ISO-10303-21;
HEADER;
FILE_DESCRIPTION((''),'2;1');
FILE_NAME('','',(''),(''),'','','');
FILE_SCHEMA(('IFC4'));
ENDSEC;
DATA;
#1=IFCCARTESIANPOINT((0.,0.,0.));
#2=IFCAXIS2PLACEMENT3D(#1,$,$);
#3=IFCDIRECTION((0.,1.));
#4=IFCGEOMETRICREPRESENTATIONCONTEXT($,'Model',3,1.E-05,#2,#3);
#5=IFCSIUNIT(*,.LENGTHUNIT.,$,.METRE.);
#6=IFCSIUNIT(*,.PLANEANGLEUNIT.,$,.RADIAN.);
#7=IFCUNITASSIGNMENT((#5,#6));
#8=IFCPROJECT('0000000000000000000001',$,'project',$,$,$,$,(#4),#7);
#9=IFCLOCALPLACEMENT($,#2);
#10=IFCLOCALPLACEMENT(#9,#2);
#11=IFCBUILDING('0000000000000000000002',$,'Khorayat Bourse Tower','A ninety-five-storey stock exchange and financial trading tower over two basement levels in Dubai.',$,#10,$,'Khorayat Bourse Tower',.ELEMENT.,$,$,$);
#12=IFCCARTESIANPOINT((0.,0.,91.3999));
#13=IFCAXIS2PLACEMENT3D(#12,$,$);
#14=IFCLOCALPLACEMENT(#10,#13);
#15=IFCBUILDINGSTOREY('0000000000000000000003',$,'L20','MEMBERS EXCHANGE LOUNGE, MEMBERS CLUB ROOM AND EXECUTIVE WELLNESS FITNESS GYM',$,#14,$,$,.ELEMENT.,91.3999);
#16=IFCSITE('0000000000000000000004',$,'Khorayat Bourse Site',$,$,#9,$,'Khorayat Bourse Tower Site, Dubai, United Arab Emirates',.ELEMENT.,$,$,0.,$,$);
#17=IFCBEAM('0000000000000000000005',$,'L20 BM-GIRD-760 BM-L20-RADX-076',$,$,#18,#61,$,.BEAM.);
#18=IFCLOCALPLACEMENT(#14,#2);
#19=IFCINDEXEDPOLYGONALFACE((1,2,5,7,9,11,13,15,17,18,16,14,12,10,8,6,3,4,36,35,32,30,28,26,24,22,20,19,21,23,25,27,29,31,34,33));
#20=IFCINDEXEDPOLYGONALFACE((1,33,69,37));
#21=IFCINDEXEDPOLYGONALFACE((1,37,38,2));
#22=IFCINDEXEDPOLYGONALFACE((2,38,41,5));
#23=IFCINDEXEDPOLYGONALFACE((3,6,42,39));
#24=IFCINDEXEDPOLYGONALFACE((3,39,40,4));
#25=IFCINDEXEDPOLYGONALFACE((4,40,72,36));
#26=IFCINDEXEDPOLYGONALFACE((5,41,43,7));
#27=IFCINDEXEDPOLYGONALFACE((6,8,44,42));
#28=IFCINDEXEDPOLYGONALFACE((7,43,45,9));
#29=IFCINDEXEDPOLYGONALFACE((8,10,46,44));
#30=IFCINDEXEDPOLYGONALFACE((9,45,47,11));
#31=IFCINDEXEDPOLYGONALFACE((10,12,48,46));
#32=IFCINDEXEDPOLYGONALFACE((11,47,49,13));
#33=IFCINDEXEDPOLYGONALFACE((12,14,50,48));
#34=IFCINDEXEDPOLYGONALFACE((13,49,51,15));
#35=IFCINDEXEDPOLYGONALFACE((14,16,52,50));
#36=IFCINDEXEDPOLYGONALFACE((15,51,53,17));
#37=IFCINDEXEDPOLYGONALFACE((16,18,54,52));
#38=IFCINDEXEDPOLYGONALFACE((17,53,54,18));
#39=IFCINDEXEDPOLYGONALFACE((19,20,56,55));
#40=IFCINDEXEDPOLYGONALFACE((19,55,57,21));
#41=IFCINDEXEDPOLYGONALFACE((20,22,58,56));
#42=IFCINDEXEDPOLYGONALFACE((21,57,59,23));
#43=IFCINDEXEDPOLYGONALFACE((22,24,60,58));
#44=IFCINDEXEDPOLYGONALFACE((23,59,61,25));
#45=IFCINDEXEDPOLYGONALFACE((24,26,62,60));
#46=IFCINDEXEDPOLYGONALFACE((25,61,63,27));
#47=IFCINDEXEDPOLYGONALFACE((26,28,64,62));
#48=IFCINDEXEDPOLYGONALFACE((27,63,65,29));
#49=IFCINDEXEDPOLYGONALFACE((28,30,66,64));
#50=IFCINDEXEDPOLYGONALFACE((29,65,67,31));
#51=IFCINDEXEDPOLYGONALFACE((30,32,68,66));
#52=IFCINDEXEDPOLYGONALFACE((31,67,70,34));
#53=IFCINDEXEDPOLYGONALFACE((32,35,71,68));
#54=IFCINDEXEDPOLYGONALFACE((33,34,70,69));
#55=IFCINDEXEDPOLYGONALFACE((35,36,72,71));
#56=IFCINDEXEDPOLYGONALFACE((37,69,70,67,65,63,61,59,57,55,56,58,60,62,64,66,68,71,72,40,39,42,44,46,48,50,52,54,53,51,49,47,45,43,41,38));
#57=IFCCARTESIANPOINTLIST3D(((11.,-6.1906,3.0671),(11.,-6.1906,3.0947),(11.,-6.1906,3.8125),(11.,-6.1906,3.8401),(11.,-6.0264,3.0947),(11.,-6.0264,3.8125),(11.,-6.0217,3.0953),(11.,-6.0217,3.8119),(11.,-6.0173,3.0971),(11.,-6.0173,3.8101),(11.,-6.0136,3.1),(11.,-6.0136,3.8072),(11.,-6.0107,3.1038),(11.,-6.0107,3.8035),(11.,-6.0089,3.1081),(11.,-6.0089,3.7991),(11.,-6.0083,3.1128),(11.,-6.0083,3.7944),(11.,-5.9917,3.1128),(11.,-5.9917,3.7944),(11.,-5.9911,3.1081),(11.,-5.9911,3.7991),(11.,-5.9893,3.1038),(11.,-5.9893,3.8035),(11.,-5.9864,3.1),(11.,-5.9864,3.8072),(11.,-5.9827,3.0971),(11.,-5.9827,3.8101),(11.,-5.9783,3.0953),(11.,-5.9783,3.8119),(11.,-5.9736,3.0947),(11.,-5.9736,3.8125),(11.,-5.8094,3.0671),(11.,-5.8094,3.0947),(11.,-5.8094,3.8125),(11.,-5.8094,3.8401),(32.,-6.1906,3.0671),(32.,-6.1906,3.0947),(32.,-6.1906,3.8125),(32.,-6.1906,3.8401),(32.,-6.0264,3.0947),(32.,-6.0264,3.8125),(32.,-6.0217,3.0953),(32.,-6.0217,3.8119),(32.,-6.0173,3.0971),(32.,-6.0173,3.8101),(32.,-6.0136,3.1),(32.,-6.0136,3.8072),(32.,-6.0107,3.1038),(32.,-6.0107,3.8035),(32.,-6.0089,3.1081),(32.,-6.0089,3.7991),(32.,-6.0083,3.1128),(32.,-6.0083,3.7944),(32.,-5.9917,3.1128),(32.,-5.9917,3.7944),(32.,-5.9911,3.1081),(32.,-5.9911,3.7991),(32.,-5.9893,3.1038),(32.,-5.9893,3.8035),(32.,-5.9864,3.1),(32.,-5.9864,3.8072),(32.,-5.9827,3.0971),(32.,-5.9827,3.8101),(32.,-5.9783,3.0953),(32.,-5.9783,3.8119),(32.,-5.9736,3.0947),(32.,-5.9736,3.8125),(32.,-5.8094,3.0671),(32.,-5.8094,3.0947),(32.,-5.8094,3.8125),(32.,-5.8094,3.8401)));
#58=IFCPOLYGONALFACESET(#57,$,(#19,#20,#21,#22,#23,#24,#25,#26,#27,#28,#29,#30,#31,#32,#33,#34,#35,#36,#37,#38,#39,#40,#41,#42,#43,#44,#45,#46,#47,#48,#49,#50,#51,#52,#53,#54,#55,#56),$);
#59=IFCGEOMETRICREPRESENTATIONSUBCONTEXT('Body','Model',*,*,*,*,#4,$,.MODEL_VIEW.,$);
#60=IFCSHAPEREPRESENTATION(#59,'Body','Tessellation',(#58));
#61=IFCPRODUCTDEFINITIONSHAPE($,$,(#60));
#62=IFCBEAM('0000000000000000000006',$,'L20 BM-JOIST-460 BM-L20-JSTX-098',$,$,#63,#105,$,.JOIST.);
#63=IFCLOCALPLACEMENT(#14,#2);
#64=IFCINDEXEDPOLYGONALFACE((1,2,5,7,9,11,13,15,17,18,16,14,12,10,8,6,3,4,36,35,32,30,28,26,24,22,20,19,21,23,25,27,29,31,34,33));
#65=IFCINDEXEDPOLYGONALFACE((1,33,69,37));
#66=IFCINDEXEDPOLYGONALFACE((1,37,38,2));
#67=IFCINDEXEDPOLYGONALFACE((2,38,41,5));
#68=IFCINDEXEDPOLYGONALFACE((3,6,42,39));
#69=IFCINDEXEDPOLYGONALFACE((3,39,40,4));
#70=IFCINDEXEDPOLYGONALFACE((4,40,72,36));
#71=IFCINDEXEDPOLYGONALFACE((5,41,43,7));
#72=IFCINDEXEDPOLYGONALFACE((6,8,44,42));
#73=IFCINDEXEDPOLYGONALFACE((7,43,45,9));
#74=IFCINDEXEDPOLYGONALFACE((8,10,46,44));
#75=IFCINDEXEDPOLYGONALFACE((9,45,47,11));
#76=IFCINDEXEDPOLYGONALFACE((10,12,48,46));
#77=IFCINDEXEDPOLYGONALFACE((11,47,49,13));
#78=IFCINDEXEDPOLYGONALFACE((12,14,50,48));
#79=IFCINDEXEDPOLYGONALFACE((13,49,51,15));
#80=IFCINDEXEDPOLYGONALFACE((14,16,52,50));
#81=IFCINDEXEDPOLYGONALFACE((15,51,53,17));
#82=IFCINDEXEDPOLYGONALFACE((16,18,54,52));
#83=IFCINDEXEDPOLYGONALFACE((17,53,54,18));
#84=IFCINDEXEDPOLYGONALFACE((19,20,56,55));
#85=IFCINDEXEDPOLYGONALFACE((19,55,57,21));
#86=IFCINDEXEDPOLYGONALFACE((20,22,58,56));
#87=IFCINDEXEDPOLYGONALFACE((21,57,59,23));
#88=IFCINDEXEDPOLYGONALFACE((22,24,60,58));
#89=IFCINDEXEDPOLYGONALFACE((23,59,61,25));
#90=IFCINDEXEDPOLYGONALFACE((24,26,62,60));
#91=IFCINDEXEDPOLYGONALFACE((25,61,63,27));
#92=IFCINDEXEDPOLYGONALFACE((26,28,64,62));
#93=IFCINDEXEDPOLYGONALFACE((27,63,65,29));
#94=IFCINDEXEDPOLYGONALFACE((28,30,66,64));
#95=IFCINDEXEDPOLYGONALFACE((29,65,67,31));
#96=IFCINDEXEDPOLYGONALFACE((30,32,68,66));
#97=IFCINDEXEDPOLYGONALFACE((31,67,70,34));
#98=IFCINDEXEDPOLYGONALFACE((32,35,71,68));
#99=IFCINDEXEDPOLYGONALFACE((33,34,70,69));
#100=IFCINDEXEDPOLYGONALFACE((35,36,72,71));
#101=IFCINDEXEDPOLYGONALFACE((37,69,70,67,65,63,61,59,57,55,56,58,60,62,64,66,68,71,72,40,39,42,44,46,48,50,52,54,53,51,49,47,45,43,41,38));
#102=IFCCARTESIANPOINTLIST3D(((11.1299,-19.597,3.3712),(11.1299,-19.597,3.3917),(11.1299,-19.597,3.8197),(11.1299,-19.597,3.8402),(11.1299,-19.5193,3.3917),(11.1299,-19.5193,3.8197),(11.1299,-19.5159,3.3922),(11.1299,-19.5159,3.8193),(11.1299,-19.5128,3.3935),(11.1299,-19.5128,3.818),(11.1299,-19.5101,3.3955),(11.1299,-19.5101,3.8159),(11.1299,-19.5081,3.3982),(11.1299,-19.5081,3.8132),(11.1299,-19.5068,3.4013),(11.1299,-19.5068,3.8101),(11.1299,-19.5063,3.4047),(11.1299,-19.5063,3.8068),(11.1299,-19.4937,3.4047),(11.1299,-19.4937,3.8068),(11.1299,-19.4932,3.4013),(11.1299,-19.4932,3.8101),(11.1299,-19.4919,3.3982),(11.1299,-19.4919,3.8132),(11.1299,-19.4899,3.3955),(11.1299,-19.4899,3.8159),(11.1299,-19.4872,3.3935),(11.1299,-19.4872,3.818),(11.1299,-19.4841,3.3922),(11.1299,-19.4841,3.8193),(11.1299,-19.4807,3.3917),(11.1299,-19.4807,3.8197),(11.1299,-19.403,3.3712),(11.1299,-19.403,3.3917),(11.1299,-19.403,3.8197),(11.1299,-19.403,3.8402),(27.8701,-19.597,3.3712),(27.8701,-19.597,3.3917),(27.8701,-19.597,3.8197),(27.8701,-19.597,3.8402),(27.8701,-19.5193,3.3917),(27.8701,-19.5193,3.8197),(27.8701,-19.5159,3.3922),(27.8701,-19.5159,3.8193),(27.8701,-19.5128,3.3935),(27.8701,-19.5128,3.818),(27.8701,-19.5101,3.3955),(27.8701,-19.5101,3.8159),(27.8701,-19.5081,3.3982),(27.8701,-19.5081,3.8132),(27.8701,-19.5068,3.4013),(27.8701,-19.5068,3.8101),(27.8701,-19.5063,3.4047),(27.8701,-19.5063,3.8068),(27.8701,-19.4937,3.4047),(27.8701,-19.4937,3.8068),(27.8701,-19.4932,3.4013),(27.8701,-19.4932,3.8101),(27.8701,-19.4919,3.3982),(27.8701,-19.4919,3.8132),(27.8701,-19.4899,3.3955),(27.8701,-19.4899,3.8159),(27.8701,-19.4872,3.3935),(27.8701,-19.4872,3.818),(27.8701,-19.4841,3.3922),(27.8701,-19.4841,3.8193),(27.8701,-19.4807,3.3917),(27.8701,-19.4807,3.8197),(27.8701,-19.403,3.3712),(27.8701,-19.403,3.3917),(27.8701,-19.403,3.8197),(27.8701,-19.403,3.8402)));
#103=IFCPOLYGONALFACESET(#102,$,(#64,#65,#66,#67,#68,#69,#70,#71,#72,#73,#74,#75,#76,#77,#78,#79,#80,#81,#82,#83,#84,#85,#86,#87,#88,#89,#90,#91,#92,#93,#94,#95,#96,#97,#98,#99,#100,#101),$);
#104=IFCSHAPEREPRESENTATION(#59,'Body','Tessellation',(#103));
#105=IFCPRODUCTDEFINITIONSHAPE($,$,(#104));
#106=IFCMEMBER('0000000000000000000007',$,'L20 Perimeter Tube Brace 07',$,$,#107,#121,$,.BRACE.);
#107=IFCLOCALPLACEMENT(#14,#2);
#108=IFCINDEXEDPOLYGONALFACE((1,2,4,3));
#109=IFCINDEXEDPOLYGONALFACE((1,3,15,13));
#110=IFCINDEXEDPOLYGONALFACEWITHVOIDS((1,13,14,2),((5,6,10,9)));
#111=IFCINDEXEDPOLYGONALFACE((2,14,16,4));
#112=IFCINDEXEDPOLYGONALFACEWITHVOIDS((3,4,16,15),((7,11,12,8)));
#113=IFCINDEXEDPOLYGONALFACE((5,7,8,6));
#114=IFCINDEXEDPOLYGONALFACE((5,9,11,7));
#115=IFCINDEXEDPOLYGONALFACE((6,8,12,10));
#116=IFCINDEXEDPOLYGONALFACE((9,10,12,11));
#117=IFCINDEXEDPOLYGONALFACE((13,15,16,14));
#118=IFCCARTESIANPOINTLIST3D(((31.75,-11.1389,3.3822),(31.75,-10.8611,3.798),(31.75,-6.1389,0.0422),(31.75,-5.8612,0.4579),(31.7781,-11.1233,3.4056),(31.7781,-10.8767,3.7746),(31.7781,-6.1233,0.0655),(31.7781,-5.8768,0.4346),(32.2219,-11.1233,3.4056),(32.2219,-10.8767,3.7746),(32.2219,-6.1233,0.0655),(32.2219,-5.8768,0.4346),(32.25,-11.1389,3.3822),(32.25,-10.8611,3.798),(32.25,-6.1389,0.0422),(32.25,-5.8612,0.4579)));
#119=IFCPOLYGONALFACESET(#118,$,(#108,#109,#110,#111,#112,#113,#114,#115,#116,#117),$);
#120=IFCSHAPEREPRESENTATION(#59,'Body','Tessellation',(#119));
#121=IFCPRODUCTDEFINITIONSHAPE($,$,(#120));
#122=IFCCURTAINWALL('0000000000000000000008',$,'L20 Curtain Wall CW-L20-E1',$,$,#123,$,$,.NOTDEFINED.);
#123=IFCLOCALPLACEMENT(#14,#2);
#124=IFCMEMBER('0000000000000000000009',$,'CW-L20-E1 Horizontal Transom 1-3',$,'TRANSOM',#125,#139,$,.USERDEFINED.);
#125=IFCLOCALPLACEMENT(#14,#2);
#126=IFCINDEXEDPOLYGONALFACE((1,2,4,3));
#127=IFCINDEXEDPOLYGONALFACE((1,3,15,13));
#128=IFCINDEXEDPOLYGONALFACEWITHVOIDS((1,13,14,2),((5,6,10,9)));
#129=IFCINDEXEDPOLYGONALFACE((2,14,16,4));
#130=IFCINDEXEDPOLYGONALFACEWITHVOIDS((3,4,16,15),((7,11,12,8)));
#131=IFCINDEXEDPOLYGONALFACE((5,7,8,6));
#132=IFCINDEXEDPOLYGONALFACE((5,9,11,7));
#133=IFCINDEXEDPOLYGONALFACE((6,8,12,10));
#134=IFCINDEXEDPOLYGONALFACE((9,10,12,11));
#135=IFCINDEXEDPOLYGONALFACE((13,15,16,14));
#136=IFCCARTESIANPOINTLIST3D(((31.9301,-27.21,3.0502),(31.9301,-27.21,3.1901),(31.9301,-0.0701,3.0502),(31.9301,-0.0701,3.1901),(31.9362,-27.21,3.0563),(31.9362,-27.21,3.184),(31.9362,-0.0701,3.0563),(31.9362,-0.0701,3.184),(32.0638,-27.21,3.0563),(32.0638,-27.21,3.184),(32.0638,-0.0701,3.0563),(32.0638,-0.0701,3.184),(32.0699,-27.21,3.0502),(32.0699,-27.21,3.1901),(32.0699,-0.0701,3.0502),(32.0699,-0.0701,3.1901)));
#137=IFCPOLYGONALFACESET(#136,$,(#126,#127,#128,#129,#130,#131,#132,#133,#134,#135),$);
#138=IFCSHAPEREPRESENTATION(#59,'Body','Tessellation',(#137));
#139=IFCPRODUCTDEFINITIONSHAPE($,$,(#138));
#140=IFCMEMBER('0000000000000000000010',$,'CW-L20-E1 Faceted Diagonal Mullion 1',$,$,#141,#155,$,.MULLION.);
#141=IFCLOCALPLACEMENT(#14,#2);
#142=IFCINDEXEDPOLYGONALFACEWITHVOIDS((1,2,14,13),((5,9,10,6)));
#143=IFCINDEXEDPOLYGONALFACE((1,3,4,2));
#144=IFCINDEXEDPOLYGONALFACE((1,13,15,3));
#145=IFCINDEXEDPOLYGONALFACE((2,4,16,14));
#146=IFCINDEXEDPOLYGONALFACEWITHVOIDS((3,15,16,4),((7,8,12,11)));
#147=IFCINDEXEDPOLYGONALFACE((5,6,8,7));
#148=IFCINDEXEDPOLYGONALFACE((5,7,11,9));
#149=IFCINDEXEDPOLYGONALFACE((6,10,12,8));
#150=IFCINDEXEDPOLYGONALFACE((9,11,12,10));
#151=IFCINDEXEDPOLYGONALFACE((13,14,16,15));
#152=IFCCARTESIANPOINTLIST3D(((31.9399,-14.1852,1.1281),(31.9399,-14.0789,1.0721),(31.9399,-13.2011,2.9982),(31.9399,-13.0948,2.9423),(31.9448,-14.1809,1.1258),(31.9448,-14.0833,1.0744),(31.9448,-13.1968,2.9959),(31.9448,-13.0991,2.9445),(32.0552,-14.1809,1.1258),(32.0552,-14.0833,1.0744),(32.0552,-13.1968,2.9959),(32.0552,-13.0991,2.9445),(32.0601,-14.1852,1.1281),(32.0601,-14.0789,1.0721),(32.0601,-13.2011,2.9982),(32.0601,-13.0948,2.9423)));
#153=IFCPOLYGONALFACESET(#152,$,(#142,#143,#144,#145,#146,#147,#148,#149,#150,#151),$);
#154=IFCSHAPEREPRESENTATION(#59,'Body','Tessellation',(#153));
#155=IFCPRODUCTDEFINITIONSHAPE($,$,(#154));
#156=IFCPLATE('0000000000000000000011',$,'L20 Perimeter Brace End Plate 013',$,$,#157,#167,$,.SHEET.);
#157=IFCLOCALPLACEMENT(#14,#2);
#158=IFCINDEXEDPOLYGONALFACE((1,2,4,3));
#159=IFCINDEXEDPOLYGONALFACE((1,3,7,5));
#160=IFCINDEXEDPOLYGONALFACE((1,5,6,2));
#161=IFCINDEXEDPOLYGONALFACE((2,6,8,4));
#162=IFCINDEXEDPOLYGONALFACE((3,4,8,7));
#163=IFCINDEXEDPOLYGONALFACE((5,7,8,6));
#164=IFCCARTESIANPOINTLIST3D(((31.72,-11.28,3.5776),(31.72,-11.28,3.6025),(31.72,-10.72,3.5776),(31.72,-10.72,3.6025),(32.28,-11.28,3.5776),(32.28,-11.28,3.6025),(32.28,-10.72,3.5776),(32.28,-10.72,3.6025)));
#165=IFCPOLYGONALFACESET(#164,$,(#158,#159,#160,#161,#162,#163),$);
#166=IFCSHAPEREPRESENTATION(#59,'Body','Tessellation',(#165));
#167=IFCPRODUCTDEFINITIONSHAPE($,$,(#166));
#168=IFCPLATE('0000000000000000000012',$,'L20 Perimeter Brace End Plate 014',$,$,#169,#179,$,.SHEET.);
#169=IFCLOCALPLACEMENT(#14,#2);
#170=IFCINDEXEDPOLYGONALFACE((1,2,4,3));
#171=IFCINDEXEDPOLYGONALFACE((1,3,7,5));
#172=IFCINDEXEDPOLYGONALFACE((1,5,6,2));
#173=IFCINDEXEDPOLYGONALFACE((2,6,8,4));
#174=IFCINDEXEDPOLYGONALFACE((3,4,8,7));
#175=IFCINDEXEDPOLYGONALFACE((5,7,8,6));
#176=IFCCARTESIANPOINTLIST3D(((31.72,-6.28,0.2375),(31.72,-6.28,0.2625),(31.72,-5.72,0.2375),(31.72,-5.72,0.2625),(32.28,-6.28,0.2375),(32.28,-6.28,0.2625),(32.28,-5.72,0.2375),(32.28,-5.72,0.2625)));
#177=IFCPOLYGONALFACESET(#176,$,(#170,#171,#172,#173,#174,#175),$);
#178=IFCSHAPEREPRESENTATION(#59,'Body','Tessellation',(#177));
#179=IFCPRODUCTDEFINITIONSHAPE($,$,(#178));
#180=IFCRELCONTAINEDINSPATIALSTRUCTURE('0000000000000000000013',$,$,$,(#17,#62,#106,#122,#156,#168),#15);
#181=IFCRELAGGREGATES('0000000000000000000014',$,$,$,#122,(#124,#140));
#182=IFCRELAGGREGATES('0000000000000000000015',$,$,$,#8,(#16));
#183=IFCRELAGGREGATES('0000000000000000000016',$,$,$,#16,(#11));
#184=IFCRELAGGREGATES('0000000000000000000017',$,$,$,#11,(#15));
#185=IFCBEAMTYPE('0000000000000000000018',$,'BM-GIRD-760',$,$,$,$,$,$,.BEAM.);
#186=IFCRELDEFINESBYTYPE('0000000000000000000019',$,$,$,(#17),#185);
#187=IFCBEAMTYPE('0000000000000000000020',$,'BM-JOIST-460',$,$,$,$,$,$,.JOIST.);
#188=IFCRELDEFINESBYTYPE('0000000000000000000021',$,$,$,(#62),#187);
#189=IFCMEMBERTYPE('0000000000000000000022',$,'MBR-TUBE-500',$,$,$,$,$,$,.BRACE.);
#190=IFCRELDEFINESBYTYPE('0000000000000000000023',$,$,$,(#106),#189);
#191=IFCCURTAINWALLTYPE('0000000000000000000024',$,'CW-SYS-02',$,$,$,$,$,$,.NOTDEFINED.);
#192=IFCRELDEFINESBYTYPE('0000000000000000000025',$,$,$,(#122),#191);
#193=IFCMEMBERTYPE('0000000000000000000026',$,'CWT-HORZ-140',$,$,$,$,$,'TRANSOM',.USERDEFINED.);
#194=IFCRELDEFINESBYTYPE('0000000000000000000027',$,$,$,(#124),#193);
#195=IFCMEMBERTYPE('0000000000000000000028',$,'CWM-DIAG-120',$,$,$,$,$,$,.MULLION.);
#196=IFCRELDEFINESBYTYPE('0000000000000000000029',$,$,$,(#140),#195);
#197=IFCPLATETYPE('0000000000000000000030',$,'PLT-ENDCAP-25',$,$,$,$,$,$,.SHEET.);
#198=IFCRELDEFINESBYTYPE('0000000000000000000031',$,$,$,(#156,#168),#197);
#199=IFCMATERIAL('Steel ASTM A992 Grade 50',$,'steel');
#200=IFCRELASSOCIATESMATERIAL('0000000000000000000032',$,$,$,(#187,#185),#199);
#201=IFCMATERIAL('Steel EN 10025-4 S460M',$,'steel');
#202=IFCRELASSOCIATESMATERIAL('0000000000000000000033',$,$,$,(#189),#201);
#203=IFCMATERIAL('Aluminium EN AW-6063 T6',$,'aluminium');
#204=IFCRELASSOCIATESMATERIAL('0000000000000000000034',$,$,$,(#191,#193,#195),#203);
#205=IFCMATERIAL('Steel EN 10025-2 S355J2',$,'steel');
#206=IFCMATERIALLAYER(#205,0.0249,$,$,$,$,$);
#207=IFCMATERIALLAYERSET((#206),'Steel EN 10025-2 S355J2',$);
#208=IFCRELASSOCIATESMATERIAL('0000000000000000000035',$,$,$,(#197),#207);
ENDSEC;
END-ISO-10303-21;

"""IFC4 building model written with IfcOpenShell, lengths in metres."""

from ifc_helpers import new_model, si_unit, direction, frame, origin, origin_2d, place, context, subcontext, project, spatial, rectangle, hollow_rectangle, i_section, extrude, source, transform, mapped, material, layer, layer_set, material_profile, profile_set, type_object, element, aggregate, save


model = new_model("IFC4")

# Units and contexts
model_context = context("Model", 3, precision=1e-05, world=origin(), true_north=direction((0.0, 1.0)))
body_context = subcontext(model_context, "Body", "Model", "MODEL_VIEW")
ifc_project = project(units=[si_unit("LENGTHUNIT", "METRE"), si_unit("PLANEANGLEUNIT", "RADIAN")], contexts=[model_context])

# Site, building, storey
site_placement = place(None, origin())
site = spatial("IfcSite", under=ifc_project, at=site_placement, Name="Khorayat Bourse Site", LongName="Khorayat Bourse Tower Site, Dubai, United Arab Emirates", CompositionType="ELEMENT", RefElevation=0.0)
building_placement = place(site_placement, origin())
building = spatial("IfcBuilding", under=site, at=building_placement, Name="Khorayat Bourse Tower", Description="A ninety-five-storey stock exchange and financial trading tower over two basement levels in Dubai.", LongName="Khorayat Bourse Tower", CompositionType="ELEMENT")
storey_placement = place(building_placement, frame((0.0, 0.0, 91.3999)))
storey = spatial("IfcBuildingStorey", under=building, at=storey_placement, Name="L20", Description="MEMBERS EXCHANGE LOUNGE, MEMBERS CLUB ROOM AND EXECUTIVE WELLNESS FITNESS GYM", CompositionType="ELEMENT", Elevation=91.3999)

# Shared definitions
ifc_material_1 = material(Name="Steel EN 10025-4 S460M", Category="steel")

# Beams
ifc_material_2 = material(Name="Steel ASTM A992 Grade 50", Category="steel")
ifc_material_profile_1 = material_profile(ifc_material_2, i_section(OverallWidth=0.1941, OverallDepth=0.469, WebThickness=0.0127, FlangeThickness=0.0205, FilletRadius=0.0129, at=origin_2d()), Name="W460X106")
ifc_profile_set_1 = profile_set([ifc_material_profile_1], Name="Steel ASTM A992 Grade 50")
beam_type_1 = type_object("IfcBeamType", Name="BM-JOIST-460", PredefinedType="JOIST", material=ifc_profile_set_1)
ifc_material_profile_2 = material_profile(ifc_material_2, i_section(OverallWidth=0.3811, OverallDepth=0.7729, WebThickness=0.0166, FlangeThickness=0.0276, FilletRadius=0.0181, at=origin_2d()), Name="W760X257")
ifc_profile_set_2 = profile_set([ifc_material_profile_2], Name="Steel ASTM A992 Grade 50")
beam_type_2 = type_object("IfcBeamType", Name="BM-GIRD-760", PredefinedType="BEAM", material=ifc_profile_set_2)
shared_shape_1 = source(origin(), body_context, "Body", "SweptSolid", [
    extrude(i_section(OverallWidth=0.3811, OverallDepth=0.7729, WebThickness=0.0166, FlangeThickness=0.0276, FilletRadius=0.0181, at=origin_2d()), origin(), (0.0, 0.0, 1.0), 21.0),
])
beam_1_placement = place(storey_placement, frame((11.0, -6.0, 3.4536), z_axis=(1.0, 0.0, 0.0), x_axis=(0.0, 1.0, 0.0)))
element("IfcBeam", 1, at=beam_1_placement, inside=storey, type_object=beam_type_2, Name="L20 BM-GIRD-760 BM-L20-RADX-076", PredefinedType="BEAM", context=body_context, shape_type="MappedRepresentation", body=[
    mapped(shared_shape_1, transform((0.0, 0.0, 0.0), scale=1.0)),
])
shared_shape_2 = source(origin(), body_context, "Body", "SweptSolid", [
    extrude(i_section(OverallWidth=0.1941, OverallDepth=0.469, WebThickness=0.0127, FlangeThickness=0.0205, FilletRadius=0.0129, at=origin_2d()), origin(), (0.0, 0.0, 1.0), 16.7402),
])
beam_2_placement = place(storey_placement, frame((11.1299, -19.5, 3.6057), z_axis=(1.0, 0.0, 0.0), x_axis=(0.0, 1.0, 0.0)))
element("IfcBeam", 2, at=beam_2_placement, inside=storey, type_object=beam_type_1, Name="L20 BM-JOIST-460 BM-L20-JSTX-098", PredefinedType="JOIST", context=body_context, shape_type="MappedRepresentation", body=[
    mapped(shared_shape_2, transform((0.0, 0.0, 0.0), scale=1.0)),
])

# Member
ifc_material_profile_3 = material_profile(ifc_material_1, hollow_rectangle(XDim=0.5, YDim=0.5, WallThickness=0.0281, at=origin_2d()), Name="HSS 500x500x28")
ifc_profile_set_3 = profile_set([ifc_material_profile_3], Name="Steel EN 10025-4 S460M")
member_type_1 = type_object("IfcMemberType", Name="MBR-TUBE-500", PredefinedType="BRACE", material=ifc_profile_set_3)
shared_shape_3 = source(origin(), body_context, "Body", "SweptSolid", [
    extrude(hollow_rectangle(XDim=0.5, YDim=0.5, WallThickness=0.0281, at=origin_2d()), origin(), (0.0, 0.0, 1.0), 6.0129),
])
member_1_placement = place(storey_placement, frame((32.0, -11.0, 3.5901), z_axis=(0.0, 0.831531, -0.555478), x_axis=(-1.0, 0.0, 0.0)))
element("IfcMember", 3, at=member_1_placement, inside=storey, type_object=member_type_1, Name="L20 Perimeter Tube Brace 07", PredefinedType="BRACE", context=body_context, shape_type="MappedRepresentation", body=[
    mapped(shared_shape_3, transform((0.0, 0.0, 0.0), scale=1.0)),
])

# Curtain wall, members
ifc_material_3 = material(Name="Aluminium EN AW-6063 T6", Category="aluminium")
curtain_wall_type = type_object("IfcCurtainWallType", Name="CW-SYS-02", PredefinedType="NOTDEFINED", material=ifc_material_3)
curtain_wall_placement = place(storey_placement, origin())
curtain_wall = element("IfcCurtainWall", 4, at=curtain_wall_placement, inside=storey, type_object=curtain_wall_type, Name="L20 Curtain Wall CW-L20-E1", PredefinedType="NOTDEFINED")
ifc_material_profile_4 = material_profile(ifc_material_3, hollow_rectangle(XDim=0.1399, YDim=0.1399, WallThickness=0.0061, at=origin_2d()), Name="ALU 140x140x6")
ifc_profile_set_4 = profile_set([ifc_material_profile_4], Name="Aluminium EN AW-6063 T6")
member_type_2 = type_object("IfcMemberType", Name="CWT-HORZ-140", ElementType="TRANSOM", PredefinedType="USERDEFINED", material=ifc_profile_set_4)
shared_shape_4 = source(origin(), body_context, "Body", "SweptSolid", [
    extrude(hollow_rectangle(XDim=0.1399, YDim=0.1399, WallThickness=0.0061, at=origin_2d()), origin(), (0.0, 0.0, 1.0), 27.1399),
])
member_2_placement = place(storey_placement, frame((32.0, -27.21, 3.1201), z_axis=(0.0, 1.0, 0.0), x_axis=(-1.0, 0.0, 0.0)))
member_2 = element("IfcMember", 5, at=member_2_placement, type_object=member_type_2, Name="CW-L20-E1 Horizontal Transom 1-3", ObjectType="TRANSOM", PredefinedType="USERDEFINED", context=body_context, shape_type="MappedRepresentation", body=[
    mapped(shared_shape_4, transform((0.0, 0.0, 0.0), scale=1.0)),
])
ifc_material_profile_5 = material_profile(ifc_material_3, hollow_rectangle(XDim=0.1201, YDim=0.1201, WallThickness=0.0049, at=origin_2d()), Name="ALU 120x120x5")
ifc_profile_set_5 = profile_set([ifc_material_profile_5], Name="Aluminium EN AW-6063 T6")
member_type_3 = type_object("IfcMemberType", Name="CWM-DIAG-120", PredefinedType="MULLION", material=ifc_profile_set_5)
shared_shape_5 = source(origin(), body_context, "Body", "SweptSolid", [
    extrude(hollow_rectangle(XDim=0.1201, YDim=0.1201, WallThickness=0.0049, at=origin_2d()), origin(), (0.0, 0.0, 1.0), 2.1133),
])
member_3_placement = place(storey_placement, frame((32.0, -14.1321, 1.1001), z_axis=(0.0, 0.465694, 0.884946), x_axis=(-1.0, 0.0, 0.0)))
member_3 = element("IfcMember", 6, at=member_3_placement, type_object=member_type_3, Name="CW-L20-E1 Faceted Diagonal Mullion 1", PredefinedType="MULLION", context=body_context, shape_type="MappedRepresentation", body=[
    mapped(shared_shape_5, transform((0.0, 0.0, 0.0), scale=1.0)),
])

# Plates
ifc_material_4 = material(Name="Steel EN 10025-2 S355J2", Category="steel")
ifc_layer_1 = layer(ifc_material_4, 0.0249)
ifc_layer_set_1 = layer_set([ifc_layer_1], Name="Steel EN 10025-2 S355J2")
plate_type_1 = type_object("IfcPlateType", Name="PLT-ENDCAP-25", PredefinedType="SHEET", material=ifc_layer_set_1)
shared_shape_6 = source(origin(), body_context, "Body", "SweptSolid", [
    extrude(rectangle(XDim=0.5601, YDim=0.5601, at=origin_2d()), origin(), (0.0, 0.0, 1.0), 0.0249),
])
for number, where, z_axis, x_axis, name in (
    (7, (32.0, -11.0, 3.5776), (0.0, 0.0, 1.0), (1.0, 0.0, 0.0), "L20 Perimeter Brace End Plate 013"),
    (8, (32.0, -6.0, 0.2375), (0.0, 0.0, 1.0), (1.0, 0.0, 0.0), "L20 Perimeter Brace End Plate 014"),
):
    element("IfcPlate", number, at=place(storey_placement, frame(where, z_axis=z_axis, x_axis=x_axis)), inside=storey, type_object=plate_type_1, Name=name, PredefinedType="SHEET", context=body_context, shape_type="MappedRepresentation", body=[
        mapped(shared_shape_6, transform((0.0, 0.0, 0.0), scale=1.0)),
    ])

aggregate(curtain_wall, [member_2, member_3])

save(model, "model.ifc")
